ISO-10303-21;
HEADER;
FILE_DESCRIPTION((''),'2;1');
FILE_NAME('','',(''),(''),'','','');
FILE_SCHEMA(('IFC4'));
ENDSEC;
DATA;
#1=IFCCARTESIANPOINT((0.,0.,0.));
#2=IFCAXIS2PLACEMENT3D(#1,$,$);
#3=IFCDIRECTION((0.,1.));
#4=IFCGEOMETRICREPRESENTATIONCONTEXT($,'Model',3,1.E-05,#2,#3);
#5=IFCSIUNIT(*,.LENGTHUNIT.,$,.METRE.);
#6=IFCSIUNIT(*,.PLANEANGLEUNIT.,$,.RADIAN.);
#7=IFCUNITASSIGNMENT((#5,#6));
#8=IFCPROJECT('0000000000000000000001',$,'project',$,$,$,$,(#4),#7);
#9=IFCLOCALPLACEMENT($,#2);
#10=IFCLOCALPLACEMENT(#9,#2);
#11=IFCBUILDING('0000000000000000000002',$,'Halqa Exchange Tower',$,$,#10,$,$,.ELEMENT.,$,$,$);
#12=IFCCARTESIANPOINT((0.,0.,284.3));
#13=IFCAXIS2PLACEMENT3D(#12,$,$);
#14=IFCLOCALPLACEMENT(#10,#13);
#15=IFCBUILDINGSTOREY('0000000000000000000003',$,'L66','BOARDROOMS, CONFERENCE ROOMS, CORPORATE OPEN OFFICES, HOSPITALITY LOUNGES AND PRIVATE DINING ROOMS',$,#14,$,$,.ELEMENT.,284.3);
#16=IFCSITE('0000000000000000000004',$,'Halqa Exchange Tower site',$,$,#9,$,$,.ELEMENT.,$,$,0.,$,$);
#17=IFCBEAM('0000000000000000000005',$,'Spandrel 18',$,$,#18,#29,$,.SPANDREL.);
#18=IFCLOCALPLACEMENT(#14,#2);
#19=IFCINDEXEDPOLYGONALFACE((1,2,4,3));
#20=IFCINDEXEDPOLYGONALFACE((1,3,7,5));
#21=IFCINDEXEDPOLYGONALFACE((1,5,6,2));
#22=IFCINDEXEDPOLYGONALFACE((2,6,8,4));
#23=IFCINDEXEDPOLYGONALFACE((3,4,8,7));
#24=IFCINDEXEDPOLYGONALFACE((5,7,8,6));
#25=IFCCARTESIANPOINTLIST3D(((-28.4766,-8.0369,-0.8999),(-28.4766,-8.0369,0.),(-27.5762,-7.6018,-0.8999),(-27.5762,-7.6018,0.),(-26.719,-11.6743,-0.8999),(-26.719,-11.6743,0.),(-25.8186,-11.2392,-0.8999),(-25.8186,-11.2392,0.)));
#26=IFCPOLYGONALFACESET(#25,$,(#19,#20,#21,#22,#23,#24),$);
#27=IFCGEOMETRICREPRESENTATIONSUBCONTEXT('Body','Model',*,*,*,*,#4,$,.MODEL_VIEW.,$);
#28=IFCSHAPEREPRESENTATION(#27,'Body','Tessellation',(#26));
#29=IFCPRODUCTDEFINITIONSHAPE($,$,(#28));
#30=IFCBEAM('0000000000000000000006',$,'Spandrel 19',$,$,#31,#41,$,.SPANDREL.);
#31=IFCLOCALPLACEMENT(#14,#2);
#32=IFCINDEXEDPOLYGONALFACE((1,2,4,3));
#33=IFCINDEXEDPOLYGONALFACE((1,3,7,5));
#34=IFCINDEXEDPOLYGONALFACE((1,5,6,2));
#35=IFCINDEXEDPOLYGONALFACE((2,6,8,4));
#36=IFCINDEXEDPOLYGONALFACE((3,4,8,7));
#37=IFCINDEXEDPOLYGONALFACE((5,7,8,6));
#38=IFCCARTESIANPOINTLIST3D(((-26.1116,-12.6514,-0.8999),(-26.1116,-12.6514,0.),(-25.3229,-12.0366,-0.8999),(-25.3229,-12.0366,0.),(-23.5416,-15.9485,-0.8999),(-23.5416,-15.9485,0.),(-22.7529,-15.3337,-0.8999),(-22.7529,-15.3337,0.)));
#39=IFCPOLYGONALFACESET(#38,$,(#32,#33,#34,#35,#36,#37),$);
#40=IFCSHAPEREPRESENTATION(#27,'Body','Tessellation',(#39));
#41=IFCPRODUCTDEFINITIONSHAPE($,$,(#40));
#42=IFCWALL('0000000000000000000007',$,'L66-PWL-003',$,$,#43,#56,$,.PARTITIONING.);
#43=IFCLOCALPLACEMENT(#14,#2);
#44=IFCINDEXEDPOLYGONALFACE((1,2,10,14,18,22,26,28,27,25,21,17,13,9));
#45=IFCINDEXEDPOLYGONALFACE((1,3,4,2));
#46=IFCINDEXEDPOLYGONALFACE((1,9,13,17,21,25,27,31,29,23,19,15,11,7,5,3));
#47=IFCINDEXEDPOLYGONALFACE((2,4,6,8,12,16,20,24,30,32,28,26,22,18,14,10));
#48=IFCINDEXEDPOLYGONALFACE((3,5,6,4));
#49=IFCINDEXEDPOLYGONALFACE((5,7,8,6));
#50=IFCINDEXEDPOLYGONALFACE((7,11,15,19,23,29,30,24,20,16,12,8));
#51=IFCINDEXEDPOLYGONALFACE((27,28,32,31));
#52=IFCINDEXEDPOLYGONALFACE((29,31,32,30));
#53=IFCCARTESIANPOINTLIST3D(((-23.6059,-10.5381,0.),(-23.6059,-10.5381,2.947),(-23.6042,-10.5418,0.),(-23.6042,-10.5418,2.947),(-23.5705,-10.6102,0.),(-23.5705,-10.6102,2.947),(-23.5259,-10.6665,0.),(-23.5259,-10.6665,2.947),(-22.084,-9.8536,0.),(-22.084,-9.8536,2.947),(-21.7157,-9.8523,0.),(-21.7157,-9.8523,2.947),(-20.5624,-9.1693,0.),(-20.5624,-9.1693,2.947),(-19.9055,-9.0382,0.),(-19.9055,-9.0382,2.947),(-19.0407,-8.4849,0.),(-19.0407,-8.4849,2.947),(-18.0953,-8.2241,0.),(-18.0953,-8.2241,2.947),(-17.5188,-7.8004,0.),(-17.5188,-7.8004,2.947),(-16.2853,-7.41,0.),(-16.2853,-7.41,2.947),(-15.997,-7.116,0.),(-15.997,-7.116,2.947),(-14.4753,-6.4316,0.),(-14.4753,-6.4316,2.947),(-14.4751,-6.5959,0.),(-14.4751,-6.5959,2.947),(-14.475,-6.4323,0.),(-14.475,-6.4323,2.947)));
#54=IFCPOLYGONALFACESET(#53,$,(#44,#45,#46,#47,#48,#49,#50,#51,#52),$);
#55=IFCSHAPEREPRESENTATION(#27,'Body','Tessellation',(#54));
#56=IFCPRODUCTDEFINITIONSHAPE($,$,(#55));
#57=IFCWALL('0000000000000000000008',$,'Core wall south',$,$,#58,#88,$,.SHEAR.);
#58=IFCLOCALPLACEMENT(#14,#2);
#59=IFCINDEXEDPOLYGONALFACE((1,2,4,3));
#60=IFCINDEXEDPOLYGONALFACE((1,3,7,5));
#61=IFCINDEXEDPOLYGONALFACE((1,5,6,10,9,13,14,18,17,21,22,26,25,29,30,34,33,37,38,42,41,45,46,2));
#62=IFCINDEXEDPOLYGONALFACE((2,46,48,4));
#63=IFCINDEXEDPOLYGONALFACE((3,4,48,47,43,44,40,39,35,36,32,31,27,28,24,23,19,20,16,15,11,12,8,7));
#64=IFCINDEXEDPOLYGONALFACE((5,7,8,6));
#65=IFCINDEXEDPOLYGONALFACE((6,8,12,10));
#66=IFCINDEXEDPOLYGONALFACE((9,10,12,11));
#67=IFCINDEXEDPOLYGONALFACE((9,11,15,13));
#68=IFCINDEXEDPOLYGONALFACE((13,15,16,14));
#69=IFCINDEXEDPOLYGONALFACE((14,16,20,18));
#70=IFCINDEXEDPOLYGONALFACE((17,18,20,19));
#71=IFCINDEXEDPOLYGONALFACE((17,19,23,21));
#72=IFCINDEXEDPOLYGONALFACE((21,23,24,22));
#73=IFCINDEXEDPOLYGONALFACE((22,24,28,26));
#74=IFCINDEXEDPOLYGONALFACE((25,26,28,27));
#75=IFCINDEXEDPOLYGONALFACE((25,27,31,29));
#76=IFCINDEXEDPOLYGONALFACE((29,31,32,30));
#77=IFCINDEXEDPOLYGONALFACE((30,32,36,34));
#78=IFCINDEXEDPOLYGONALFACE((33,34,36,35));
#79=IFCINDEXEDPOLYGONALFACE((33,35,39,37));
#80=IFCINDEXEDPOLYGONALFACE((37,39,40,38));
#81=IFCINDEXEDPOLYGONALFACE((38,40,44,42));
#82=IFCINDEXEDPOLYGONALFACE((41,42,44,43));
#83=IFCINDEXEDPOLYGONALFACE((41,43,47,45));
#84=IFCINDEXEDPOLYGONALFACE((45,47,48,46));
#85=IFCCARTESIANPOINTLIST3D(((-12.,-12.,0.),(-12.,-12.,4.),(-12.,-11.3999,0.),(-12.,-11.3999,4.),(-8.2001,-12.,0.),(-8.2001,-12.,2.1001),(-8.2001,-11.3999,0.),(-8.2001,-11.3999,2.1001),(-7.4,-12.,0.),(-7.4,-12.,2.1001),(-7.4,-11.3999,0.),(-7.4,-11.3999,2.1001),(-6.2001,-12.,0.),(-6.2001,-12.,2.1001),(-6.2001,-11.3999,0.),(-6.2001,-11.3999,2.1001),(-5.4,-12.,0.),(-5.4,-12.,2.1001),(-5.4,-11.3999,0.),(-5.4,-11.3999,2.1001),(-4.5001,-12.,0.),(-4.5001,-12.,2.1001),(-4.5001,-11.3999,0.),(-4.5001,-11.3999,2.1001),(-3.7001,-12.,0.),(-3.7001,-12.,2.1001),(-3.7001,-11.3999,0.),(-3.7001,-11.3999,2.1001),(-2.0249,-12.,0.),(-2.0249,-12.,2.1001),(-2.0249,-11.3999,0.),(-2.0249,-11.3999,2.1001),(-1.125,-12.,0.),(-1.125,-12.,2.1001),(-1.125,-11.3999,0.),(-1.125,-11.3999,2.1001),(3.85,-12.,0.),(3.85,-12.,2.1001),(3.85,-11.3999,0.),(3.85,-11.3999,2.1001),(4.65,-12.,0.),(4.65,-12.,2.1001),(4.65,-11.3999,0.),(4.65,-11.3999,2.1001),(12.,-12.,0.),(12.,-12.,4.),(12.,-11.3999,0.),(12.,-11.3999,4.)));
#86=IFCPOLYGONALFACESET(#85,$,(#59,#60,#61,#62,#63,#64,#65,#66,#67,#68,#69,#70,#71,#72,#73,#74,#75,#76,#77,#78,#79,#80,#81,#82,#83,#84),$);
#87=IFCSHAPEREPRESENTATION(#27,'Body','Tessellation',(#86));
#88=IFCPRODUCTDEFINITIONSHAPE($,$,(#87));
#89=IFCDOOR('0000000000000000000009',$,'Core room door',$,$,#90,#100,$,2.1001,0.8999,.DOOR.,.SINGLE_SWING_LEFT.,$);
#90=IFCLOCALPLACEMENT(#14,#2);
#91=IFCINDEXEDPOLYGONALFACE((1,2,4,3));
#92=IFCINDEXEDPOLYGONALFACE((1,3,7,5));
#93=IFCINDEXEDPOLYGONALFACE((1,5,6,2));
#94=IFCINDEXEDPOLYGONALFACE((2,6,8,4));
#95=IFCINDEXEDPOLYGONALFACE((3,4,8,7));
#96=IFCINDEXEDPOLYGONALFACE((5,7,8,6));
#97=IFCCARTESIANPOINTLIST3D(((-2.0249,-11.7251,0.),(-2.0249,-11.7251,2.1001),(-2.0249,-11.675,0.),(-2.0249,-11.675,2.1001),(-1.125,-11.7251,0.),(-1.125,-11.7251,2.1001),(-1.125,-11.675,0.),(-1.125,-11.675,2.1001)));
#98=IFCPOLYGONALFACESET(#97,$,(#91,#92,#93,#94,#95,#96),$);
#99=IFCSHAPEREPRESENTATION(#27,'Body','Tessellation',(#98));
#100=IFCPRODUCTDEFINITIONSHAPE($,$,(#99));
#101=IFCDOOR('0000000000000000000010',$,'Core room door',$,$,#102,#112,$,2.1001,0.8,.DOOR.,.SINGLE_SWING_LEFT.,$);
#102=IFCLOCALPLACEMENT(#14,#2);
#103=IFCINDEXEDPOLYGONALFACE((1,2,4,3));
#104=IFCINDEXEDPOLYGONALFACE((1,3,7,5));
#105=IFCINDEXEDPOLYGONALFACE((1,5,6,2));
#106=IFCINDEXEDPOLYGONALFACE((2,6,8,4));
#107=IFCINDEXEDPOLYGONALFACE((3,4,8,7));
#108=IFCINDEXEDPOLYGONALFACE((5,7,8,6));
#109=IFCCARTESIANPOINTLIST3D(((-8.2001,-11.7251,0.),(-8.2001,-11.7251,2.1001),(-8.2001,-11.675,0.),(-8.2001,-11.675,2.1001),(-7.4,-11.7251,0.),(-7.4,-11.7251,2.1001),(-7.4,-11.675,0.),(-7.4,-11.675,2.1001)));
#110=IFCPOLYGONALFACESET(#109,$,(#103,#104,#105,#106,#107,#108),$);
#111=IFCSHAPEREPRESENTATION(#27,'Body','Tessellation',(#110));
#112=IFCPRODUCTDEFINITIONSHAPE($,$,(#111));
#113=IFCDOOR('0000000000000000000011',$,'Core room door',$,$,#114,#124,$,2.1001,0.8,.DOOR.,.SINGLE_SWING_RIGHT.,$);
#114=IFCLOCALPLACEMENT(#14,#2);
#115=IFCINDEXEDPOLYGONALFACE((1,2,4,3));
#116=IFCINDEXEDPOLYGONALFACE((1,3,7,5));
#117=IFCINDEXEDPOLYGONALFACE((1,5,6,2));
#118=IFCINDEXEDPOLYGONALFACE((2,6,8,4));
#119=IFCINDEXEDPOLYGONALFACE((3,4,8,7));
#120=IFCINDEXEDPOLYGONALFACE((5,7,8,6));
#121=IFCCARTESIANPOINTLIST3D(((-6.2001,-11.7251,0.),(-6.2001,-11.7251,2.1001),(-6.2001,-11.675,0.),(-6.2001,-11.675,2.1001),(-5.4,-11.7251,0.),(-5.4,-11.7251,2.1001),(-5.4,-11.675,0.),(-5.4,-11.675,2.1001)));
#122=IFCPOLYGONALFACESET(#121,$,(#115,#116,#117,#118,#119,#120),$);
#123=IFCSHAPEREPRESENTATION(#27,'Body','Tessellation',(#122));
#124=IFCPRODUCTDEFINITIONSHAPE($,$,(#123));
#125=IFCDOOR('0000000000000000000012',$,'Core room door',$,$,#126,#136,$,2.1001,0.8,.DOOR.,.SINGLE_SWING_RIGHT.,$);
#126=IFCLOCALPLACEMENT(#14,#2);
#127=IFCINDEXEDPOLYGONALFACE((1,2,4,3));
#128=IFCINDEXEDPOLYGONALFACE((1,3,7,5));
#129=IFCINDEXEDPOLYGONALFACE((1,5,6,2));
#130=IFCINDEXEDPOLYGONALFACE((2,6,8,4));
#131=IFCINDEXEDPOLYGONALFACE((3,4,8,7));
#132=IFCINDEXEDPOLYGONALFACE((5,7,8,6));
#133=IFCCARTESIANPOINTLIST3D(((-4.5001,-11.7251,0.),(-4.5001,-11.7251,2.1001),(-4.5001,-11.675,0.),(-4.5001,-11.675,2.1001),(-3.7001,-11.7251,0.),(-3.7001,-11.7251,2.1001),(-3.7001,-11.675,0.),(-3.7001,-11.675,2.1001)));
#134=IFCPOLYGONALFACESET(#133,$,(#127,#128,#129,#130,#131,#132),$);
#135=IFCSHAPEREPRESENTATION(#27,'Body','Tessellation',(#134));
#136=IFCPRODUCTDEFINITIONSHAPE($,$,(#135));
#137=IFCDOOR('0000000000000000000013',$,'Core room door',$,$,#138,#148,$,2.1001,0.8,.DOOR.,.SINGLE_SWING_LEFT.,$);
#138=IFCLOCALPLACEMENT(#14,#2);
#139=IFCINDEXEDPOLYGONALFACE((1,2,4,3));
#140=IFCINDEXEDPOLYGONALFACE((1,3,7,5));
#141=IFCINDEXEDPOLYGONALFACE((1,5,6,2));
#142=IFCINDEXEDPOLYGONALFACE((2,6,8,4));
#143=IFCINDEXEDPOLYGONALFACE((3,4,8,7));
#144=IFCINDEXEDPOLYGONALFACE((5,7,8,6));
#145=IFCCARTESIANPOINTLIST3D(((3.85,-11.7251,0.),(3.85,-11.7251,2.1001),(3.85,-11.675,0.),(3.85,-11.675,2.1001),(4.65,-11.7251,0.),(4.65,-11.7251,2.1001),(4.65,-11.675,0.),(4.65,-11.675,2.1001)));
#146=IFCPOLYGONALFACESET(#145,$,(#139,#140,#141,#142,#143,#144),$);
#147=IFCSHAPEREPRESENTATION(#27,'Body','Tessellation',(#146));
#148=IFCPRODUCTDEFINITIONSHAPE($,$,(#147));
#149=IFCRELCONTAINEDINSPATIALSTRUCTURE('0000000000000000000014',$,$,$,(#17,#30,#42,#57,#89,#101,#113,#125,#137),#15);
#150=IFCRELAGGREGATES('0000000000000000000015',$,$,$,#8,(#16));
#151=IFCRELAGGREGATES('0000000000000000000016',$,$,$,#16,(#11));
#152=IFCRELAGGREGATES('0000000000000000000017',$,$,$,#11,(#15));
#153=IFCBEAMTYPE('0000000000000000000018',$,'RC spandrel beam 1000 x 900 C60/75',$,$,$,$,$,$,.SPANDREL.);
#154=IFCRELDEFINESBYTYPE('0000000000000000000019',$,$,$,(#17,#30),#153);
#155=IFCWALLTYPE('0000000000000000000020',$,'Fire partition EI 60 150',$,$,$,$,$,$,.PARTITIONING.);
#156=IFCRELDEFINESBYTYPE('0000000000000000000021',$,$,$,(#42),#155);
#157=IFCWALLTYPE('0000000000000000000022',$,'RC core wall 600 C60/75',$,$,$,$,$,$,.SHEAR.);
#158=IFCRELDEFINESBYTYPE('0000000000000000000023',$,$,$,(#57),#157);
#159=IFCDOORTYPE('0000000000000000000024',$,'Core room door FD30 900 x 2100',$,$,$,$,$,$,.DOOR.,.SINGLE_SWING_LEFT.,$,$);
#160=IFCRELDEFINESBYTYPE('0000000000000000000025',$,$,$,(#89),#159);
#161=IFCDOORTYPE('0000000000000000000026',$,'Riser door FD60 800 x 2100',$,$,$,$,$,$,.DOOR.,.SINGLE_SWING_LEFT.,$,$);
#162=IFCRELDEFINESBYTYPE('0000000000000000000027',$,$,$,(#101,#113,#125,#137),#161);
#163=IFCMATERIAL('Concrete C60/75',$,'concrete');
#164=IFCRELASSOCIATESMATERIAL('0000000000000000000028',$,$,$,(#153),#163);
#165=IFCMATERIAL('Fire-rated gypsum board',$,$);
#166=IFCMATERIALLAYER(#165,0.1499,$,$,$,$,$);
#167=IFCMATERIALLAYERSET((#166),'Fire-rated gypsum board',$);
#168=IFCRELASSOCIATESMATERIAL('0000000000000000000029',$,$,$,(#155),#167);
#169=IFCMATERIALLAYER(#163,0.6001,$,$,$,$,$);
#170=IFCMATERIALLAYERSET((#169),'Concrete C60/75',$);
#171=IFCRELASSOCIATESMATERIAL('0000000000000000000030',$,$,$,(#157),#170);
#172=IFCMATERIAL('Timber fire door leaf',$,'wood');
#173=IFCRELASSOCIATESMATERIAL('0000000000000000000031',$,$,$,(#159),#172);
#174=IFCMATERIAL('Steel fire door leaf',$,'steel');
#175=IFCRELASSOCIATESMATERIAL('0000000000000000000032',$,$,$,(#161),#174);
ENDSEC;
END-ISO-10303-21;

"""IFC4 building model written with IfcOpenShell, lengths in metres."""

from ifc_helpers import new_model, si_unit, direction, frame, frame_2d, origin, origin_2d, place, context, subcontext, project, spatial, polyline, rectangle, outline, extrude, material, layer, layer_set, material_profile, profile_set, type_object, element, fill, save


model = new_model("IFC4")

# Units and contexts
model_context = context("Model", 3, precision=1e-05, world=origin(), true_north=direction((0.0, 1.0)))
body_context = subcontext(model_context, "Body", "Model", "MODEL_VIEW")
ifc_project = project(units=[si_unit("LENGTHUNIT", "METRE"), si_unit("PLANEANGLEUNIT", "RADIAN")], contexts=[model_context])

# Site, building, storey
site_placement = place(None, origin())
site = spatial("IfcSite", under=ifc_project, at=site_placement, Name="Halqa Exchange Tower site", CompositionType="ELEMENT", RefElevation=0.0)
building_placement = place(site_placement, origin())
building = spatial("IfcBuilding", under=site, at=building_placement, Name="Halqa Exchange Tower", CompositionType="ELEMENT")
storey_placement = place(building_placement, frame((0.0, 0.0, 284.3)))
storey = spatial("IfcBuildingStorey", under=building, at=storey_placement, Name="L66", Description="BOARDROOMS, CONFERENCE ROOMS, CORPORATE OPEN OFFICES, HOSPITALITY LOUNGES AND PRIVATE DINING ROOMS", CompositionType="ELEMENT", Elevation=284.3)

# Shared definitions
ifc_material_1 = material(Name="Concrete C60/75", Category="concrete")

# Beams
ifc_material_profile_1 = material_profile(ifc_material_1, rectangle(XDim=1.0, YDim=0.8999, at=origin_2d()), Name="1000 x 900")
ifc_profile_set_1 = profile_set([ifc_material_profile_1], Name="Concrete C60/75")
beam_type_1 = type_object("IfcBeamType", Name="RC spandrel beam 1000 x 900 C60/75", PredefinedType="SPANDREL", material=ifc_profile_set_1)
beam_1_placement = place(storey_placement, frame((-28.0264, -7.8193, -0.45), z_axis=(0.435062, -0.900401, 0.0), x_axis=(0.900401, 0.435062, 0.0)))
element("IfcBeam", 1, at=beam_1_placement, inside=storey, type_object=beam_type_1, Name="Spandrel 18", PredefinedType="SPANDREL", context=body_context, shape_type="SweptSolid", body=[
    extrude(rectangle(XDim=1.0, YDim=0.8999, at=origin_2d()), origin(), (0.0, 0.0, 1.0), 4.0398),
])
beam_2_placement = place(storey_placement, frame((-25.7173, -12.344, -0.45), z_axis=(0.614781, -0.788698, 0.0), x_axis=(0.788698, 0.614781, 0.0)))
element("IfcBeam", 2, at=beam_2_placement, inside=storey, type_object=beam_type_1, Name="Spandrel 19", PredefinedType="SPANDREL", context=body_context, shape_type="SweptSolid", body=[
    extrude(rectangle(XDim=1.0, YDim=0.8999, at=origin_2d()), origin(), (0.0, 0.0, 1.0), 4.1804),
])

# Wall
ifc_material_2 = material(Name="Fire-rated gypsum board")
ifc_layer_1 = layer(ifc_material_2, 0.1499)
ifc_layer_set_1 = layer_set([ifc_layer_1], Name="Fire-rated gypsum board")
wall_type_1 = type_object("IfcWallType", Name="Fire partition EI 60 150", PredefinedType="PARTITIONING", material=ifc_layer_set_1)
wall_1_placement = place(storey_placement, frame((-14.4446, -6.5, 0.0), z_axis=(0.0, 0.0, 1.0), x_axis=(-0.912009, -0.410171, 0.0)))
element("IfcWall", 3, at=wall_1_placement, inside=storey, type_object=wall_type_1, Name="L66-PWL-003", PredefinedType="PARTITIONING", context=body_context, shape_type="SweptSolid", body=[
    extrude(outline(polyline([(10.0115, -0.075), (10.0115, -0.0708), (10.0088, 0.0054), (9.9912, 0.075), (8.0063, 0.075), (6.0215, 0.075), (4.0366, 0.075), (2.052, 0.075), (0.0671, 0.075), (0.0, -0.0742), (0.0, -0.075), (1.6685, -0.075), (3.3372, -0.075), (5.0059, -0.075), (6.6743, -0.075), (8.3428, -0.075), (10.0115, -0.075)])), origin(), (0.0, 0.0, 1.0), 2.947),
])

# Wall, openings, doors
ifc_layer_2 = layer(ifc_material_1, 0.6001)
ifc_layer_set_2 = layer_set([ifc_layer_2], Name="Concrete C60/75")
wall_type_2 = type_object("IfcWallType", Name="RC core wall 600 C60/75", PredefinedType="SHEAR", material=ifc_layer_set_2)
wall_2_placement = place(storey_placement, frame((-12.0, -11.7, 0.0), z_axis=(0.0, 0.0, 1.0), x_axis=(1.0, 0.0, 0.0)))
wall_2 = element("IfcWall", 4, at=wall_2_placement, inside=storey, type_object=wall_type_2, Name="Core wall south", PredefinedType="SHEAR", context=body_context, shape_type="SweptSolid", body=[
    extrude(rectangle(XDim=24.0, YDim=0.6001, at=frame_2d((12.0, 0.0))), origin(), (0.0, 0.0, 1.0), 4.0),
])
opening_1_placement = place(wall_2_placement, frame((9.9751, 0.0, 0.0)))
opening_1 = element("IfcOpeningElement", 5, at=opening_1_placement, cuts=wall_2, PredefinedType="OPENING", context=body_context, shape_type="SweptSolid", body=[
    extrude(rectangle(XDim=0.8999, YDim=2.1001, at=frame_2d((0.45, 1.05))), frame((0.0, 0.312, 0.0), z_axis=(0.0, -1.0, 0.0), x_axis=(1.0, 0.0, 0.0)), (0.0, 0.0, 1.0), 0.624),
])
opening_2_placement = place(wall_2_placement, frame((3.8, 0.0, 0.0)))
opening_2 = element("IfcOpeningElement", 6, at=opening_2_placement, cuts=wall_2, PredefinedType="OPENING", context=body_context, shape_type="SweptSolid", body=[
    extrude(rectangle(XDim=0.8, YDim=2.1001, at=frame_2d((0.3999, 1.05))), frame((0.0, 0.312, 0.0), z_axis=(0.0, -1.0, 0.0), x_axis=(1.0, 0.0, 0.0)), (0.0, 0.0, 1.0), 0.624),
])
opening_3_placement = place(wall_2_placement, frame((5.8, 0.0, 0.0)))
opening_3 = element("IfcOpeningElement", 7, at=opening_3_placement, cuts=wall_2, PredefinedType="OPENING", context=body_context, shape_type="SweptSolid", body=[
    extrude(rectangle(XDim=0.8, YDim=2.1001, at=frame_2d((0.3999, 1.05))), frame((0.0, 0.312, 0.0), z_axis=(0.0, -1.0, 0.0), x_axis=(1.0, 0.0, 0.0)), (0.0, 0.0, 1.0), 0.624),
])
opening_4_placement = place(wall_2_placement, frame((7.5, 0.0, 0.0)))
opening_4 = element("IfcOpeningElement", 8, at=opening_4_placement, cuts=wall_2, PredefinedType="OPENING", context=body_context, shape_type="SweptSolid", body=[
    extrude(rectangle(XDim=0.8, YDim=2.1001, at=frame_2d((0.3999, 1.05))), frame((0.0, 0.312, 0.0), z_axis=(0.0, -1.0, 0.0), x_axis=(1.0, 0.0, 0.0)), (0.0, 0.0, 1.0), 0.624),
])
opening_5_placement = place(wall_2_placement, frame((15.8501, 0.0, 0.0)))
opening_5 = element("IfcOpeningElement", 9, at=opening_5_placement, cuts=wall_2, PredefinedType="OPENING", context=body_context, shape_type="SweptSolid", body=[
    extrude(rectangle(XDim=0.8, YDim=2.1001, at=frame_2d((0.3999, 1.05))), frame((0.0, 0.312, 0.0), z_axis=(0.0, -1.0, 0.0), x_axis=(1.0, 0.0, 0.0)), (0.0, 0.0, 1.0), 0.624),
])
ifc_material_3 = material(Name="Timber fire door leaf", Category="wood")
door_type_1 = type_object("IfcDoorType", Name="Core room door FD30 900 x 2100", OperationType="SINGLE_SWING_LEFT", PredefinedType="DOOR", material=ifc_material_3)
door_1_placement = place(opening_1_placement, origin())
door_1 = element("IfcDoor", 10, at=door_1_placement, inside=storey, type_object=door_type_1, Name="Core room door", OperationType="SINGLE_SWING_LEFT", OverallHeight=2.1001, OverallWidth=0.8999, PredefinedType="DOOR", context=body_context, shape_type="SweptSolid", body=[
    extrude(rectangle(XDim=0.8999, YDim=2.1001, at=frame_2d((0.45, 1.05))), frame((0.0, 0.0249, 0.0), z_axis=(0.0, -1.0, 0.0), x_axis=(1.0, 0.0, 0.0)), (0.0, 0.0, 1.0), 0.05),
])
fill(opening_1, door_1)
ifc_material_4 = material(Name="Steel fire door leaf", Category="steel")
door_type_2 = type_object("IfcDoorType", Name="Riser door FD60 800 x 2100", OperationType="SINGLE_SWING_LEFT", PredefinedType="DOOR", material=ifc_material_4)
door_2_placement = place(opening_2_placement, origin())
door_2 = element("IfcDoor", 11, at=door_2_placement, inside=storey, type_object=door_type_2, Name="Core room door", OperationType="SINGLE_SWING_LEFT", OverallHeight=2.1001, OverallWidth=0.8, PredefinedType="DOOR", context=body_context, shape_type="SweptSolid", body=[
    extrude(rectangle(XDim=0.8, YDim=2.1001, at=frame_2d((0.3999, 1.05))), frame((0.0, 0.0249, 0.0), z_axis=(0.0, -1.0, 0.0), x_axis=(1.0, 0.0, 0.0)), (0.0, 0.0, 1.0), 0.05),
])
fill(opening_2, door_2)
door_3_placement = place(opening_3_placement, origin())
door_3 = element("IfcDoor", 12, at=door_3_placement, inside=storey, type_object=door_type_2, Name="Core room door", OperationType="SINGLE_SWING_RIGHT", OverallHeight=2.1001, OverallWidth=0.8, PredefinedType="DOOR", context=body_context, shape_type="SweptSolid", body=[
    extrude(rectangle(XDim=0.8, YDim=2.1001, at=frame_2d((0.3999, 1.05))), frame((0.0, 0.0249, 0.0), z_axis=(0.0, -1.0, 0.0), x_axis=(1.0, 0.0, 0.0)), (0.0, 0.0, 1.0), 0.05),
])
fill(opening_3, door_3)
door_4_placement = place(opening_4_placement, origin())
door_4 = element("IfcDoor", 13, at=door_4_placement, inside=storey, type_object=door_type_2, Name="Core room door", OperationType="SINGLE_SWING_RIGHT", OverallHeight=2.1001, OverallWidth=0.8, PredefinedType="DOOR", context=body_context, shape_type="SweptSolid", body=[
    extrude(rectangle(XDim=0.8, YDim=2.1001, at=frame_2d((0.3999, 1.05))), frame((0.0, 0.0249, 0.0), z_axis=(0.0, -1.0, 0.0), x_axis=(1.0, 0.0, 0.0)), (0.0, 0.0, 1.0), 0.05),
])
fill(opening_4, door_4)
door_5_placement = place(opening_5_placement, origin())
door_5 = element("IfcDoor", 14, at=door_5_placement, inside=storey, type_object=door_type_2, Name="Core room door", OperationType="SINGLE_SWING_LEFT", OverallHeight=2.1001, OverallWidth=0.8, PredefinedType="DOOR", context=body_context, shape_type="SweptSolid", body=[
    extrude(rectangle(XDim=0.8, YDim=2.1001, at=frame_2d((0.3999, 1.05))), frame((0.0, 0.0249, 0.0), z_axis=(0.0, -1.0, 0.0), x_axis=(1.0, 0.0, 0.0)), (0.0, 0.0, 1.0), 0.05),
])
fill(opening_5, door_5)

save(model, "model.ifc")
